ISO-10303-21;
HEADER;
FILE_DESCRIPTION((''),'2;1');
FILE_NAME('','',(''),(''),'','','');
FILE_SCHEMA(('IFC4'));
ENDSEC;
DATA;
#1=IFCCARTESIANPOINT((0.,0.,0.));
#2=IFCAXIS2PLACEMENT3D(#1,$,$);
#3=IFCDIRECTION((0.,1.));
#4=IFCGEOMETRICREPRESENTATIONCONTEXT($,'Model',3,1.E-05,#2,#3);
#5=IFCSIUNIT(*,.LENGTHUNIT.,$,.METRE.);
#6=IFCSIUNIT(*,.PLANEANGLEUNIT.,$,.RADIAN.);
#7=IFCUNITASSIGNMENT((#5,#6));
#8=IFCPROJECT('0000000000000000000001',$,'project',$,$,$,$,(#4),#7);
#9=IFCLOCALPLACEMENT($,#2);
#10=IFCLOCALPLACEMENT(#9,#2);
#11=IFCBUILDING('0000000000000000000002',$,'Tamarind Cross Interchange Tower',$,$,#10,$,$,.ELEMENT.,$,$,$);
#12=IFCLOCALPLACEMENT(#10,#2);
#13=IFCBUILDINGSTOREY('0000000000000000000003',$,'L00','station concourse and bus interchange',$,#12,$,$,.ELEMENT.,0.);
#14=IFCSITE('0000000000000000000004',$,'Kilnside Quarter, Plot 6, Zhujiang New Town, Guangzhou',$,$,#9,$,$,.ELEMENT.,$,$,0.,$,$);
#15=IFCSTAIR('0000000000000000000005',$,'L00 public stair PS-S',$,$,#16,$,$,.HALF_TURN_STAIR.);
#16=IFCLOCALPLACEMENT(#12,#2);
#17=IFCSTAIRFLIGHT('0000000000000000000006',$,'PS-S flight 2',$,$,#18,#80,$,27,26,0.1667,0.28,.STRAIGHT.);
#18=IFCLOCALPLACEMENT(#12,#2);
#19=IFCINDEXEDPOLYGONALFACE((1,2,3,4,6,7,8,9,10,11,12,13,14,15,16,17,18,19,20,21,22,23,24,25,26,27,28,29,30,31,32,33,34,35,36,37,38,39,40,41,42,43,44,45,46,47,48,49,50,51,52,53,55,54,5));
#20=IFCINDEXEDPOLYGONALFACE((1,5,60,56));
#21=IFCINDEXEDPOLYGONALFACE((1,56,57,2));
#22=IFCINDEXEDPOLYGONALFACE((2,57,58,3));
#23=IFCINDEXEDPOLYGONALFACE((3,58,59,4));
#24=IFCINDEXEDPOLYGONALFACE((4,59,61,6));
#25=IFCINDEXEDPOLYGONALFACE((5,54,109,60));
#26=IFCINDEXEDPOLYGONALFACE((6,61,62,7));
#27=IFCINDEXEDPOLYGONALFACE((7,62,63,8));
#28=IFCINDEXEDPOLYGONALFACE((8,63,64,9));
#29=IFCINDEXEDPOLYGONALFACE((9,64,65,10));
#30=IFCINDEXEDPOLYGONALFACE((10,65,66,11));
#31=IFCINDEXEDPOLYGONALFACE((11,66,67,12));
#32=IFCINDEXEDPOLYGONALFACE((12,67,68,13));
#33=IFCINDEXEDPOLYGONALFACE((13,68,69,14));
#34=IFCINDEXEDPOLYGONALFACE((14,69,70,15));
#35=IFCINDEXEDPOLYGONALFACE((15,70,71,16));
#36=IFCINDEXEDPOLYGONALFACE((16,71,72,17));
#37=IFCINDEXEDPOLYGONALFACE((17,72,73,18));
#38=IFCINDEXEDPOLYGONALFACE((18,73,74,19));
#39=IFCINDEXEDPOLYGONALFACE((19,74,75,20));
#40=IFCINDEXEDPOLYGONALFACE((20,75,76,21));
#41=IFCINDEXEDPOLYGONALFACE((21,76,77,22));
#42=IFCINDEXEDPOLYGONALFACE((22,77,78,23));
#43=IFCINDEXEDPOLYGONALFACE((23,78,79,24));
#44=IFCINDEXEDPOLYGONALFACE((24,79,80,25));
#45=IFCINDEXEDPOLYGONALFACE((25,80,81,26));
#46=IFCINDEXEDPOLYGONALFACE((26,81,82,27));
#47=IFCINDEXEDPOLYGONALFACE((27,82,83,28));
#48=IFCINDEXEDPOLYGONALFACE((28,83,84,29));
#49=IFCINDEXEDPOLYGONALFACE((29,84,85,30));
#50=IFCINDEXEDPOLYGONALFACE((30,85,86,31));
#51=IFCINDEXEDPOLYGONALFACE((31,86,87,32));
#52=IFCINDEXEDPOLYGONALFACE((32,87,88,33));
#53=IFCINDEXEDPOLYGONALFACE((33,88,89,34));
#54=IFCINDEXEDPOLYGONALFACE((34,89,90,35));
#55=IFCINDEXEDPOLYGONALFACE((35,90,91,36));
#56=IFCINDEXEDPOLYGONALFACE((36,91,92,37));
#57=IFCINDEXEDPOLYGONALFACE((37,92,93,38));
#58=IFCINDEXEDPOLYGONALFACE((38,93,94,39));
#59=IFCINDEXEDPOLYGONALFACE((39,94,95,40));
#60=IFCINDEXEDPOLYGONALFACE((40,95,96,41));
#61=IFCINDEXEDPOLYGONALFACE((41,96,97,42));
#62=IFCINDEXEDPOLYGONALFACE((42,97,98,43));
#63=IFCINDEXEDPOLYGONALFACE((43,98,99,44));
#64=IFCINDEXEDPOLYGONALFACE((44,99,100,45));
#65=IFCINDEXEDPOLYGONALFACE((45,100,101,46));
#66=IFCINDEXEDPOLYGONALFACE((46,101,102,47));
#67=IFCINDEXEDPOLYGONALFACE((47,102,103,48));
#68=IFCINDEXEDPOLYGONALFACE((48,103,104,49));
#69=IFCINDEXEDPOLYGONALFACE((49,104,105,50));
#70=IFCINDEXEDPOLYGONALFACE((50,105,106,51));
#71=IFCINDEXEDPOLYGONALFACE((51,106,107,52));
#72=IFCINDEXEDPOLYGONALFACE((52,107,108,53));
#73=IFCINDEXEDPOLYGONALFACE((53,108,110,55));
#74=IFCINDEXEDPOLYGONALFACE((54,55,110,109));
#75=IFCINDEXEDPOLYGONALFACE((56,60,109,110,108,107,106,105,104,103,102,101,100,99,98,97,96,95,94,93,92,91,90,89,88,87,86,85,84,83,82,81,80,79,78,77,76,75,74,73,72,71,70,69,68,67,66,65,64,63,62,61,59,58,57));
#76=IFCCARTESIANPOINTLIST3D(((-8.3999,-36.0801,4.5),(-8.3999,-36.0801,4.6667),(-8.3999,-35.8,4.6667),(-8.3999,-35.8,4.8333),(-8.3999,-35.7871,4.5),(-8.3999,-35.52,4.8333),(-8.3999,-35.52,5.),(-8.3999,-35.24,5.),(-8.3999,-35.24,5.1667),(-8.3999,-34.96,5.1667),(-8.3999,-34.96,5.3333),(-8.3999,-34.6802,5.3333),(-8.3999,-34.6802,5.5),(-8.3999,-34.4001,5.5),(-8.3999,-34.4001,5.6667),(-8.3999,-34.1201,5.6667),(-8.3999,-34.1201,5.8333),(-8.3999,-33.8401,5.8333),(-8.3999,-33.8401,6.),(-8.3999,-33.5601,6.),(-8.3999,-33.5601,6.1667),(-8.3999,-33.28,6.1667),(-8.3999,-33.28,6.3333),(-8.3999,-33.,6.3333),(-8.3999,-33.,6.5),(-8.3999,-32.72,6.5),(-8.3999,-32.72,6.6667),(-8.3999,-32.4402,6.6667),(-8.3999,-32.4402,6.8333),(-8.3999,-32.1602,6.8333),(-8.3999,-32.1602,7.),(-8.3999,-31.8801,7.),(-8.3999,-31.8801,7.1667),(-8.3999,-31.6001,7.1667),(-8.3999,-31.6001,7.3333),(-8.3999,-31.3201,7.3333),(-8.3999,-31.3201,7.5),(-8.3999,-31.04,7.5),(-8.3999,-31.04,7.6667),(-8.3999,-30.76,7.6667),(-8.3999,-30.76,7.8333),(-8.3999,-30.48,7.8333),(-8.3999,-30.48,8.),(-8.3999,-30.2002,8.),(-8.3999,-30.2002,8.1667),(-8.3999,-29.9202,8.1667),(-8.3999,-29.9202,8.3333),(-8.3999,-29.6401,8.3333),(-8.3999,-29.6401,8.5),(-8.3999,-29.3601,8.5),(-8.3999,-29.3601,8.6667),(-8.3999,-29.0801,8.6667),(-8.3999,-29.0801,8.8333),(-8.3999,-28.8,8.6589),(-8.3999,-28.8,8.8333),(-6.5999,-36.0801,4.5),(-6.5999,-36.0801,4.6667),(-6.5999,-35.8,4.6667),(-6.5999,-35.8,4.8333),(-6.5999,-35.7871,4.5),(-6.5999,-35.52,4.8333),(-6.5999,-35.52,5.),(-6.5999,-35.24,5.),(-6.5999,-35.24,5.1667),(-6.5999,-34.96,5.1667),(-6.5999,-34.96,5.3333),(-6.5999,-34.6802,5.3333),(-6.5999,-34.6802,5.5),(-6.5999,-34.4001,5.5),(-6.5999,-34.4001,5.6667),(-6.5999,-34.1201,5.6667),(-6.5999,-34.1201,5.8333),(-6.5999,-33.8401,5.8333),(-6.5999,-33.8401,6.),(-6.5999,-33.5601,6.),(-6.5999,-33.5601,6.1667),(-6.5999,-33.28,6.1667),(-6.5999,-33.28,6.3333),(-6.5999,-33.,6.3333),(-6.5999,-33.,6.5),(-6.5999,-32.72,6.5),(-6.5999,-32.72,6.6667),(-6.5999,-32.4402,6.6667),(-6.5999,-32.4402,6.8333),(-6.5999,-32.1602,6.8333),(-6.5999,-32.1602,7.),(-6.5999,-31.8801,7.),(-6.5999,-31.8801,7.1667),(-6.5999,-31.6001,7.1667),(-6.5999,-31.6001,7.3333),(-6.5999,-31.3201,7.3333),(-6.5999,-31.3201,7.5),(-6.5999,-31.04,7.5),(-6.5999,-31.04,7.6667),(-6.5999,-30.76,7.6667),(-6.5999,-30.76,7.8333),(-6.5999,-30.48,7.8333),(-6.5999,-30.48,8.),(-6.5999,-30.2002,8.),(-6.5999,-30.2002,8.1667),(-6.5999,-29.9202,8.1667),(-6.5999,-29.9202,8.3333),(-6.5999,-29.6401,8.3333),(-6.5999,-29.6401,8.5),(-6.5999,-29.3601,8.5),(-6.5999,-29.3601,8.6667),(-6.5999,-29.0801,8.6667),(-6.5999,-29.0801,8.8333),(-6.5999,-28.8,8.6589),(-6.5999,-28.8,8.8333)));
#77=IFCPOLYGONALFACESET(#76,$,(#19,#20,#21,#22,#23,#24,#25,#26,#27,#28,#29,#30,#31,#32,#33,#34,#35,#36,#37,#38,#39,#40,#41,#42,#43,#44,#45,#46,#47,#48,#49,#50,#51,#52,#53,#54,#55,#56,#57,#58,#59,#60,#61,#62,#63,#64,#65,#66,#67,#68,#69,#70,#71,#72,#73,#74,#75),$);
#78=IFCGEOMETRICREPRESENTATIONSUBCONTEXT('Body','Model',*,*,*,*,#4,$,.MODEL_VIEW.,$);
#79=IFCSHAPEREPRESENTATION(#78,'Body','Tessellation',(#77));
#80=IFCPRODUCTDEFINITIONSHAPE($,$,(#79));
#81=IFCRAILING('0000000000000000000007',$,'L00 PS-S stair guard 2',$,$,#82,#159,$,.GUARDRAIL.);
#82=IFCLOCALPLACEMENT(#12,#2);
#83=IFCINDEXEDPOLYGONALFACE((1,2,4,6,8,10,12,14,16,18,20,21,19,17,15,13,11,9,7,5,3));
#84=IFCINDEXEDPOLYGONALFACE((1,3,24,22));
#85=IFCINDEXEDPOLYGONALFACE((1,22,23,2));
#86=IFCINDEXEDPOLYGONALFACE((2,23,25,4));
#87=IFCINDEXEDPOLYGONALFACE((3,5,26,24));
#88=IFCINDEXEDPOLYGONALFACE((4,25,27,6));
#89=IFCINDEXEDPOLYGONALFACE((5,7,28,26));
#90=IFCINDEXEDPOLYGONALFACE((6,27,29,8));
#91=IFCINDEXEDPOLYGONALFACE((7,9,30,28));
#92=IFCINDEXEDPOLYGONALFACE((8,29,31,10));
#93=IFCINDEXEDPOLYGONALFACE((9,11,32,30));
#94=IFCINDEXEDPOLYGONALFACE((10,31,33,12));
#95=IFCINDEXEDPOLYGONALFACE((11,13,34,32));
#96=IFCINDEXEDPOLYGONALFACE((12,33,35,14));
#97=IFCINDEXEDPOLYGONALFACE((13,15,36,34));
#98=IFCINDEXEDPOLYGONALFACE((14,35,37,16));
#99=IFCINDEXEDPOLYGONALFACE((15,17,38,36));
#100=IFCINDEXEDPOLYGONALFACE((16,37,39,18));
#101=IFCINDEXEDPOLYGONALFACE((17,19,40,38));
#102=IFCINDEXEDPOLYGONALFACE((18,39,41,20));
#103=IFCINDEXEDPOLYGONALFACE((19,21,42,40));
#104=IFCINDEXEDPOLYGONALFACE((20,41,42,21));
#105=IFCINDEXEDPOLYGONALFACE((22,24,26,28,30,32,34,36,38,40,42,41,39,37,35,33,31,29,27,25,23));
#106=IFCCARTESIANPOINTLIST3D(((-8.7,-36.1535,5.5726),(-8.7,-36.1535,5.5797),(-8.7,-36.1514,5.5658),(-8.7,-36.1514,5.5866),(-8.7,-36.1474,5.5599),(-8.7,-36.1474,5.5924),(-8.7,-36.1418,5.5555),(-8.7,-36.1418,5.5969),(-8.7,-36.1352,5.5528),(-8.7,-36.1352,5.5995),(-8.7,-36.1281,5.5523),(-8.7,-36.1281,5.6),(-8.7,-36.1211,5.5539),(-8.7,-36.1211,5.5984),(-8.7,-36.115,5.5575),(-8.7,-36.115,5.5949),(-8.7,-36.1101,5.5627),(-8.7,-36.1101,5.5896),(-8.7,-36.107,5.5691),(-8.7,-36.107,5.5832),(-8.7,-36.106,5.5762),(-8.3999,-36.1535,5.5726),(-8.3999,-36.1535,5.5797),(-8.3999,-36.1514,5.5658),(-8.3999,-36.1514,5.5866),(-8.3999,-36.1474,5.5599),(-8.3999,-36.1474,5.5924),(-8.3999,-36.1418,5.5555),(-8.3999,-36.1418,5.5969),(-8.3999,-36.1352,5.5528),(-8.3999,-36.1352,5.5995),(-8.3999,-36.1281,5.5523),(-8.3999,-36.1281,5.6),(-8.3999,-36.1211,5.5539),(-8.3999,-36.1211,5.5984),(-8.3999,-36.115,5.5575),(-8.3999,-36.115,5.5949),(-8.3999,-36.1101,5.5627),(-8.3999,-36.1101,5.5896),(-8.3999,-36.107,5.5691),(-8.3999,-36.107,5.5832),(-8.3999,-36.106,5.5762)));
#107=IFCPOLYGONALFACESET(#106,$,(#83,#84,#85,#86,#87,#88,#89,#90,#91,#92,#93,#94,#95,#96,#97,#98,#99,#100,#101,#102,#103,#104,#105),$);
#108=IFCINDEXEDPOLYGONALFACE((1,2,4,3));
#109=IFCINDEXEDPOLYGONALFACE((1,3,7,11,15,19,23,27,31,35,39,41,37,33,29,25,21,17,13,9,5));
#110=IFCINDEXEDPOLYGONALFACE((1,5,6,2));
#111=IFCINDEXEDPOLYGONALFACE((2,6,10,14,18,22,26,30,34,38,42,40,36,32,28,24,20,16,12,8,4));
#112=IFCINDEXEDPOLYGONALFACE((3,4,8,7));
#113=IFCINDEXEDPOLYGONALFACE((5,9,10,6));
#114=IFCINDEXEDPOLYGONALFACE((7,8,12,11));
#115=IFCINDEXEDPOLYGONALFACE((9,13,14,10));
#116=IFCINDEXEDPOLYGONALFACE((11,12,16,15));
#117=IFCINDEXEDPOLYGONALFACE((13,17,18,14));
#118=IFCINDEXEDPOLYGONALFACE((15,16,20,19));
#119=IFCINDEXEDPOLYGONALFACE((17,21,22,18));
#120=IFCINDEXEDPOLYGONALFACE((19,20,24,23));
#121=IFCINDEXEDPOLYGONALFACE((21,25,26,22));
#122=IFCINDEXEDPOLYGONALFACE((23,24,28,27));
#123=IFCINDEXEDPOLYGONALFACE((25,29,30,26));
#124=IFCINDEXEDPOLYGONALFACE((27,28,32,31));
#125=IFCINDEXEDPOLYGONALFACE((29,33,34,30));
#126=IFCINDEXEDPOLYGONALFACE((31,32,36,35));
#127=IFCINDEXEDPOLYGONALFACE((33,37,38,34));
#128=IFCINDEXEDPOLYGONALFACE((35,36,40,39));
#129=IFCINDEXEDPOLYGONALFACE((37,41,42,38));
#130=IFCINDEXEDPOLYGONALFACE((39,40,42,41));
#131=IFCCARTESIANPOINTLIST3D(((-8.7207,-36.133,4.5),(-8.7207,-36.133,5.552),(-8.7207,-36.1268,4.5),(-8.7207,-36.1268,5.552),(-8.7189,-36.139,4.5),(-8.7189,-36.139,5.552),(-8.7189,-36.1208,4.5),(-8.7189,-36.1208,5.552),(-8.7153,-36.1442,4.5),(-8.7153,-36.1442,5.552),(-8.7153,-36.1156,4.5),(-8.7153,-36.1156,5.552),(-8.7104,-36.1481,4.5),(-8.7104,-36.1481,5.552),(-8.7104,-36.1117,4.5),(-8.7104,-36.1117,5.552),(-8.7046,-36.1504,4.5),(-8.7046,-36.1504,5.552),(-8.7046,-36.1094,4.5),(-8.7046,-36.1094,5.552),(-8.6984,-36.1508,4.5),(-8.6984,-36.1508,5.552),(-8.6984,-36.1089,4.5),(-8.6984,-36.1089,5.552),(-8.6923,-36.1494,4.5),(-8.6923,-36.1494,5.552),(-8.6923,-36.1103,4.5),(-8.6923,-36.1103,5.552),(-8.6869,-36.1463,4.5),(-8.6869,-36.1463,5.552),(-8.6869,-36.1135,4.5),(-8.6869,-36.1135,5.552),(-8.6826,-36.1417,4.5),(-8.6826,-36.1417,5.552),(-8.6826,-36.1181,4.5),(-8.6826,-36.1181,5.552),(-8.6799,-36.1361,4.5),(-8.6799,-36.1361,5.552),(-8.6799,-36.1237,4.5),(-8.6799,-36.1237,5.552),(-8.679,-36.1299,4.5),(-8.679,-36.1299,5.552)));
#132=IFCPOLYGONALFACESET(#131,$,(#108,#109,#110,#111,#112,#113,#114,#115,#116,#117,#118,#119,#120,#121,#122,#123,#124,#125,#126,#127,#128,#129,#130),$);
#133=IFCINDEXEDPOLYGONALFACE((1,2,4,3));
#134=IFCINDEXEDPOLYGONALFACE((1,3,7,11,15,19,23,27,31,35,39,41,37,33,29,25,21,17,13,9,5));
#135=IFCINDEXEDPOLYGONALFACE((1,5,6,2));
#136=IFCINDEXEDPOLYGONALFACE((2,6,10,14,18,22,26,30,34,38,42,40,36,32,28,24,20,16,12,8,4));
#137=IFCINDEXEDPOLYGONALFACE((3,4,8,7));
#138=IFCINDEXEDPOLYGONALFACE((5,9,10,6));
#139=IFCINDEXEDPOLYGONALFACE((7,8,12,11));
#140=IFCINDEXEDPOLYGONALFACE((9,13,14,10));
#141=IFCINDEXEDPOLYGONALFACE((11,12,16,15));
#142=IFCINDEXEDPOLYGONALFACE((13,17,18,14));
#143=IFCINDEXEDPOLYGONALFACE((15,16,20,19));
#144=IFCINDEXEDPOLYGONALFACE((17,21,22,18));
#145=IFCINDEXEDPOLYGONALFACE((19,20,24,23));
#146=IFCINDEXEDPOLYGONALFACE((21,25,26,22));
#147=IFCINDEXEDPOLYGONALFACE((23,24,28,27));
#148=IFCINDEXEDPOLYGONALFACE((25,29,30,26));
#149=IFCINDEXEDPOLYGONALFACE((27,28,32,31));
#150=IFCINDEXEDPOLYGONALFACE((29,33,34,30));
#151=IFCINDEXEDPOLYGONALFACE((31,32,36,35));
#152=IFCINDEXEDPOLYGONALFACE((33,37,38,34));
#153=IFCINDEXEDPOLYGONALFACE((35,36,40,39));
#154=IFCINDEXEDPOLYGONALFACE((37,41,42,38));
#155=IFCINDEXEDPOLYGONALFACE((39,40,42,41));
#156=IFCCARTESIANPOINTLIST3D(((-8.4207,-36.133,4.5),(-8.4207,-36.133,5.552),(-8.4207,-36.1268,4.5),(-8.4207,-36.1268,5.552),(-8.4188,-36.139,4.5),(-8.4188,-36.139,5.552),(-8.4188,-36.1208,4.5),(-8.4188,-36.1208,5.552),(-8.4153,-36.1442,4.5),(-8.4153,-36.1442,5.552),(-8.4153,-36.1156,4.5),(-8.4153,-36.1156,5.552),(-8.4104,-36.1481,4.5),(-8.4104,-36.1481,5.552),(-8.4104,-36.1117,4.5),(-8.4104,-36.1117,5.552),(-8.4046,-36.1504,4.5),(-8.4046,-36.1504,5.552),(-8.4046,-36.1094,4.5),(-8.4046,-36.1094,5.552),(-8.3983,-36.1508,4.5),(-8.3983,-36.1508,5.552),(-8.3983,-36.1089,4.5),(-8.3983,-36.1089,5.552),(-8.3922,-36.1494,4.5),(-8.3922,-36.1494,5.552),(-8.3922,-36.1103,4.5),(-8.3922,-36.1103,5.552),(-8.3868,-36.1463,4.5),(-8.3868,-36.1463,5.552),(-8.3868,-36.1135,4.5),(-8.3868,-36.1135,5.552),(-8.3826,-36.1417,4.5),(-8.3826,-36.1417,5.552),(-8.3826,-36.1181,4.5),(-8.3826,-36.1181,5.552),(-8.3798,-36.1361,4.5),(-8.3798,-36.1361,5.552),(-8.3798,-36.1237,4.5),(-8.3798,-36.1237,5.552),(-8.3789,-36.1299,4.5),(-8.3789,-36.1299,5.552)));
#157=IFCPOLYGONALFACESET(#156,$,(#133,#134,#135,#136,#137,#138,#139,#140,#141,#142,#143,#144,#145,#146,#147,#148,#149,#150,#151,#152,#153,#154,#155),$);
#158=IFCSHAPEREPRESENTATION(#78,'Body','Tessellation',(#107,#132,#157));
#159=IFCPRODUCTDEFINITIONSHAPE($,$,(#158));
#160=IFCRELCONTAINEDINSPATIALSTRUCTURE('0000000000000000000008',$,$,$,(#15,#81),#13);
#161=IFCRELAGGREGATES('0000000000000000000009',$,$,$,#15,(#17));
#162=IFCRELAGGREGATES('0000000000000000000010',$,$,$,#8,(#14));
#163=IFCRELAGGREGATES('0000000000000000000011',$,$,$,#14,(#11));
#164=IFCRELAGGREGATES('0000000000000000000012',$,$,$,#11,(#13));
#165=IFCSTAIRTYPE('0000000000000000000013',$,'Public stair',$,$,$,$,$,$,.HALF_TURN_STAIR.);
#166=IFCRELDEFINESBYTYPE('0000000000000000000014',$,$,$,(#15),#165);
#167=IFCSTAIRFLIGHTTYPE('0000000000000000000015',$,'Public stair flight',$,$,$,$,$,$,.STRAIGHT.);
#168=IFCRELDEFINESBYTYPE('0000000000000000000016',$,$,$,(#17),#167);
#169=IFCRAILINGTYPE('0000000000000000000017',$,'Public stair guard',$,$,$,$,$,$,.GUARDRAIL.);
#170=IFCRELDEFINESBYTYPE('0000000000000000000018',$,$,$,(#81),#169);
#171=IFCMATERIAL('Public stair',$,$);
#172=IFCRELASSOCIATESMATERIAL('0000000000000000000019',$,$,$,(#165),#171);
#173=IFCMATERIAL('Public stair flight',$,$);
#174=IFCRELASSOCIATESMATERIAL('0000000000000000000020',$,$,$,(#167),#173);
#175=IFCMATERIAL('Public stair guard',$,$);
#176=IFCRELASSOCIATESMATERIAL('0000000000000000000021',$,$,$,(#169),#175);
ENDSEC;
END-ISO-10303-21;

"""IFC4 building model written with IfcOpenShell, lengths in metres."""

from ifc_helpers import new_model, si_unit, direction, frame, origin, origin_2d, place, context, subcontext, project, spatial, polyline, circle, outline, extrude, material, type_object, element, aggregate, save


model = new_model("IFC4")

# Units and contexts
model_context = context("Model", 3, precision=1e-05, world=origin(), true_north=direction((0.0, 1.0)))
body_context = subcontext(model_context, "Body", "Model", "MODEL_VIEW")
ifc_project = project(units=[si_unit("LENGTHUNIT", "METRE"), si_unit("PLANEANGLEUNIT", "RADIAN")], contexts=[model_context])

# Site, building, storey
site_placement = place(None, origin())
site = spatial("IfcSite", under=ifc_project, at=site_placement, Name="Kilnside Quarter, Plot 6, Zhujiang New Town, Guangzhou", CompositionType="ELEMENT", RefElevation=0.0)
building_placement = place(site_placement, origin())
building = spatial("IfcBuilding", under=site, at=building_placement, Name="Tamarind Cross Interchange Tower", CompositionType="ELEMENT")
storey_placement = place(building_placement, origin())
storey = spatial("IfcBuildingStorey", under=building, at=storey_placement, Name="L00", Description="station concourse and bus interchange", CompositionType="ELEMENT", Elevation=0.0)

# Stair, stair flight
ifc_material_1 = material(Name="Public stair")
stair_type_1 = type_object("IfcStairType", Name="Public stair", PredefinedType="HALF_TURN_STAIR", material=ifc_material_1)
stair_1_placement = place(storey_placement, origin())
stair_1 = element("IfcStair", 1, at=stair_1_placement, inside=storey, type_object=stair_type_1, Name="L00 public stair PS-S", PredefinedType="HALF_TURN_STAIR")
ifc_material_2 = material(Name="Public stair flight")
stair_flight_type_1 = type_object("IfcStairFlightType", Name="Public stair flight", PredefinedType="STRAIGHT", material=ifc_material_2)
stair_flight_1_placement = place(storey_placement, frame((-7.5, -36.0801, 4.5), z_axis=(0.0, 0.0, 1.0), x_axis=(0.0, 1.0, 0.0)))
stair_flight_1 = element("IfcStairFlight", 2, at=stair_flight_1_placement, type_object=stair_flight_type_1, Name="PS-S flight 2", NumberOfRisers=27, NumberOfTreads=26, PredefinedType="STRAIGHT", RiserHeight=0.1667, TreadLength=0.28, context=body_context, shape_type="SweptSolid", body=[
    extrude(outline(polyline([(0.0, 0.0), (0.0, 0.1667), (0.28, 0.1667), (0.28, 0.3333), (0.5601, 0.3333), (0.5601, 0.5), (0.8401, 0.5), (0.8401, 0.6667), (1.1201, 0.6667), (1.1201, 0.8333), (1.3999, 0.8333), (1.3999, 1.0), (1.6799, 1.0), (1.6799, 1.1667), (1.96, 1.1667), (1.96, 1.3333), (2.24, 1.3333), (2.24, 1.5), (2.52, 1.5), (2.52, 1.6667), (2.8, 1.6667), (2.8, 1.8333), (3.0801, 1.8333), (3.0801, 2.0), (3.3601, 2.0), (3.3601, 2.1667), (3.6399, 2.1667), (3.6399, 2.3333), (3.9199, 2.3333), (3.9199, 2.5), (4.2, 2.5), (4.2, 2.6667), (4.48, 2.6667), (4.48, 2.8333), (4.76, 2.8333), (4.76, 3.0), (5.04, 3.0), (5.04, 3.1667), (5.3201, 3.1667), (5.3201, 3.3333), (5.6001, 3.3333), (5.6001, 3.5), (5.8799, 3.5), (5.8799, 3.6667), (6.1599, 3.6667), (6.1599, 3.8333), (6.4399, 3.8333), (6.4399, 4.0), (6.72, 4.0), (6.72, 4.1667), (7.0, 4.1667), (7.0, 4.3333), (7.28, 4.3333), (7.28, 4.5), (7.28, 4.1589), (0.293, 0.0), (0.0, 0.0)])), frame((0.0, 0.8999, 0.0), z_axis=(0.0, -1.0, 0.0), x_axis=(1.0, 0.0, 0.0)), (0.0, 0.0, 1.0), 1.8),
])
aggregate(stair_1, [stair_flight_1])

# Railing
ifc_material_3 = material(Name="Public stair guard")
railing_type_1 = type_object("IfcRailingType", Name="Public stair guard", PredefinedType="GUARDRAIL", material=ifc_material_3)
railing_1_placement = place(storey_placement, frame((-8.7, -36.1299, 4.5)))
element("IfcRailing", 3, at=railing_1_placement, inside=storey, type_object=railing_type_1, Name="L00 PS-S stair guard 2", PredefinedType="GUARDRAIL", context=body_context, shape_type="SweptSolid", body=[
    extrude(circle(Radius=0.0239, at=origin_2d()), frame((0.0, 0.0, 1.0762), z_axis=(1.0, 0.0, 0.0), x_axis=(0.0, 1.0, 0.0)), (0.0, 0.0, 1.0), 0.3),
    extrude(circle(Radius=0.021, at=origin_2d()), origin(), (0.0, 0.0, 1.0), 1.052),
    extrude(circle(Radius=0.021, at=origin_2d()), frame((0.3, 0.0, 0.0)), (0.0, 0.0, 1.0), 1.052),
])

save(model, "model.ifc")
